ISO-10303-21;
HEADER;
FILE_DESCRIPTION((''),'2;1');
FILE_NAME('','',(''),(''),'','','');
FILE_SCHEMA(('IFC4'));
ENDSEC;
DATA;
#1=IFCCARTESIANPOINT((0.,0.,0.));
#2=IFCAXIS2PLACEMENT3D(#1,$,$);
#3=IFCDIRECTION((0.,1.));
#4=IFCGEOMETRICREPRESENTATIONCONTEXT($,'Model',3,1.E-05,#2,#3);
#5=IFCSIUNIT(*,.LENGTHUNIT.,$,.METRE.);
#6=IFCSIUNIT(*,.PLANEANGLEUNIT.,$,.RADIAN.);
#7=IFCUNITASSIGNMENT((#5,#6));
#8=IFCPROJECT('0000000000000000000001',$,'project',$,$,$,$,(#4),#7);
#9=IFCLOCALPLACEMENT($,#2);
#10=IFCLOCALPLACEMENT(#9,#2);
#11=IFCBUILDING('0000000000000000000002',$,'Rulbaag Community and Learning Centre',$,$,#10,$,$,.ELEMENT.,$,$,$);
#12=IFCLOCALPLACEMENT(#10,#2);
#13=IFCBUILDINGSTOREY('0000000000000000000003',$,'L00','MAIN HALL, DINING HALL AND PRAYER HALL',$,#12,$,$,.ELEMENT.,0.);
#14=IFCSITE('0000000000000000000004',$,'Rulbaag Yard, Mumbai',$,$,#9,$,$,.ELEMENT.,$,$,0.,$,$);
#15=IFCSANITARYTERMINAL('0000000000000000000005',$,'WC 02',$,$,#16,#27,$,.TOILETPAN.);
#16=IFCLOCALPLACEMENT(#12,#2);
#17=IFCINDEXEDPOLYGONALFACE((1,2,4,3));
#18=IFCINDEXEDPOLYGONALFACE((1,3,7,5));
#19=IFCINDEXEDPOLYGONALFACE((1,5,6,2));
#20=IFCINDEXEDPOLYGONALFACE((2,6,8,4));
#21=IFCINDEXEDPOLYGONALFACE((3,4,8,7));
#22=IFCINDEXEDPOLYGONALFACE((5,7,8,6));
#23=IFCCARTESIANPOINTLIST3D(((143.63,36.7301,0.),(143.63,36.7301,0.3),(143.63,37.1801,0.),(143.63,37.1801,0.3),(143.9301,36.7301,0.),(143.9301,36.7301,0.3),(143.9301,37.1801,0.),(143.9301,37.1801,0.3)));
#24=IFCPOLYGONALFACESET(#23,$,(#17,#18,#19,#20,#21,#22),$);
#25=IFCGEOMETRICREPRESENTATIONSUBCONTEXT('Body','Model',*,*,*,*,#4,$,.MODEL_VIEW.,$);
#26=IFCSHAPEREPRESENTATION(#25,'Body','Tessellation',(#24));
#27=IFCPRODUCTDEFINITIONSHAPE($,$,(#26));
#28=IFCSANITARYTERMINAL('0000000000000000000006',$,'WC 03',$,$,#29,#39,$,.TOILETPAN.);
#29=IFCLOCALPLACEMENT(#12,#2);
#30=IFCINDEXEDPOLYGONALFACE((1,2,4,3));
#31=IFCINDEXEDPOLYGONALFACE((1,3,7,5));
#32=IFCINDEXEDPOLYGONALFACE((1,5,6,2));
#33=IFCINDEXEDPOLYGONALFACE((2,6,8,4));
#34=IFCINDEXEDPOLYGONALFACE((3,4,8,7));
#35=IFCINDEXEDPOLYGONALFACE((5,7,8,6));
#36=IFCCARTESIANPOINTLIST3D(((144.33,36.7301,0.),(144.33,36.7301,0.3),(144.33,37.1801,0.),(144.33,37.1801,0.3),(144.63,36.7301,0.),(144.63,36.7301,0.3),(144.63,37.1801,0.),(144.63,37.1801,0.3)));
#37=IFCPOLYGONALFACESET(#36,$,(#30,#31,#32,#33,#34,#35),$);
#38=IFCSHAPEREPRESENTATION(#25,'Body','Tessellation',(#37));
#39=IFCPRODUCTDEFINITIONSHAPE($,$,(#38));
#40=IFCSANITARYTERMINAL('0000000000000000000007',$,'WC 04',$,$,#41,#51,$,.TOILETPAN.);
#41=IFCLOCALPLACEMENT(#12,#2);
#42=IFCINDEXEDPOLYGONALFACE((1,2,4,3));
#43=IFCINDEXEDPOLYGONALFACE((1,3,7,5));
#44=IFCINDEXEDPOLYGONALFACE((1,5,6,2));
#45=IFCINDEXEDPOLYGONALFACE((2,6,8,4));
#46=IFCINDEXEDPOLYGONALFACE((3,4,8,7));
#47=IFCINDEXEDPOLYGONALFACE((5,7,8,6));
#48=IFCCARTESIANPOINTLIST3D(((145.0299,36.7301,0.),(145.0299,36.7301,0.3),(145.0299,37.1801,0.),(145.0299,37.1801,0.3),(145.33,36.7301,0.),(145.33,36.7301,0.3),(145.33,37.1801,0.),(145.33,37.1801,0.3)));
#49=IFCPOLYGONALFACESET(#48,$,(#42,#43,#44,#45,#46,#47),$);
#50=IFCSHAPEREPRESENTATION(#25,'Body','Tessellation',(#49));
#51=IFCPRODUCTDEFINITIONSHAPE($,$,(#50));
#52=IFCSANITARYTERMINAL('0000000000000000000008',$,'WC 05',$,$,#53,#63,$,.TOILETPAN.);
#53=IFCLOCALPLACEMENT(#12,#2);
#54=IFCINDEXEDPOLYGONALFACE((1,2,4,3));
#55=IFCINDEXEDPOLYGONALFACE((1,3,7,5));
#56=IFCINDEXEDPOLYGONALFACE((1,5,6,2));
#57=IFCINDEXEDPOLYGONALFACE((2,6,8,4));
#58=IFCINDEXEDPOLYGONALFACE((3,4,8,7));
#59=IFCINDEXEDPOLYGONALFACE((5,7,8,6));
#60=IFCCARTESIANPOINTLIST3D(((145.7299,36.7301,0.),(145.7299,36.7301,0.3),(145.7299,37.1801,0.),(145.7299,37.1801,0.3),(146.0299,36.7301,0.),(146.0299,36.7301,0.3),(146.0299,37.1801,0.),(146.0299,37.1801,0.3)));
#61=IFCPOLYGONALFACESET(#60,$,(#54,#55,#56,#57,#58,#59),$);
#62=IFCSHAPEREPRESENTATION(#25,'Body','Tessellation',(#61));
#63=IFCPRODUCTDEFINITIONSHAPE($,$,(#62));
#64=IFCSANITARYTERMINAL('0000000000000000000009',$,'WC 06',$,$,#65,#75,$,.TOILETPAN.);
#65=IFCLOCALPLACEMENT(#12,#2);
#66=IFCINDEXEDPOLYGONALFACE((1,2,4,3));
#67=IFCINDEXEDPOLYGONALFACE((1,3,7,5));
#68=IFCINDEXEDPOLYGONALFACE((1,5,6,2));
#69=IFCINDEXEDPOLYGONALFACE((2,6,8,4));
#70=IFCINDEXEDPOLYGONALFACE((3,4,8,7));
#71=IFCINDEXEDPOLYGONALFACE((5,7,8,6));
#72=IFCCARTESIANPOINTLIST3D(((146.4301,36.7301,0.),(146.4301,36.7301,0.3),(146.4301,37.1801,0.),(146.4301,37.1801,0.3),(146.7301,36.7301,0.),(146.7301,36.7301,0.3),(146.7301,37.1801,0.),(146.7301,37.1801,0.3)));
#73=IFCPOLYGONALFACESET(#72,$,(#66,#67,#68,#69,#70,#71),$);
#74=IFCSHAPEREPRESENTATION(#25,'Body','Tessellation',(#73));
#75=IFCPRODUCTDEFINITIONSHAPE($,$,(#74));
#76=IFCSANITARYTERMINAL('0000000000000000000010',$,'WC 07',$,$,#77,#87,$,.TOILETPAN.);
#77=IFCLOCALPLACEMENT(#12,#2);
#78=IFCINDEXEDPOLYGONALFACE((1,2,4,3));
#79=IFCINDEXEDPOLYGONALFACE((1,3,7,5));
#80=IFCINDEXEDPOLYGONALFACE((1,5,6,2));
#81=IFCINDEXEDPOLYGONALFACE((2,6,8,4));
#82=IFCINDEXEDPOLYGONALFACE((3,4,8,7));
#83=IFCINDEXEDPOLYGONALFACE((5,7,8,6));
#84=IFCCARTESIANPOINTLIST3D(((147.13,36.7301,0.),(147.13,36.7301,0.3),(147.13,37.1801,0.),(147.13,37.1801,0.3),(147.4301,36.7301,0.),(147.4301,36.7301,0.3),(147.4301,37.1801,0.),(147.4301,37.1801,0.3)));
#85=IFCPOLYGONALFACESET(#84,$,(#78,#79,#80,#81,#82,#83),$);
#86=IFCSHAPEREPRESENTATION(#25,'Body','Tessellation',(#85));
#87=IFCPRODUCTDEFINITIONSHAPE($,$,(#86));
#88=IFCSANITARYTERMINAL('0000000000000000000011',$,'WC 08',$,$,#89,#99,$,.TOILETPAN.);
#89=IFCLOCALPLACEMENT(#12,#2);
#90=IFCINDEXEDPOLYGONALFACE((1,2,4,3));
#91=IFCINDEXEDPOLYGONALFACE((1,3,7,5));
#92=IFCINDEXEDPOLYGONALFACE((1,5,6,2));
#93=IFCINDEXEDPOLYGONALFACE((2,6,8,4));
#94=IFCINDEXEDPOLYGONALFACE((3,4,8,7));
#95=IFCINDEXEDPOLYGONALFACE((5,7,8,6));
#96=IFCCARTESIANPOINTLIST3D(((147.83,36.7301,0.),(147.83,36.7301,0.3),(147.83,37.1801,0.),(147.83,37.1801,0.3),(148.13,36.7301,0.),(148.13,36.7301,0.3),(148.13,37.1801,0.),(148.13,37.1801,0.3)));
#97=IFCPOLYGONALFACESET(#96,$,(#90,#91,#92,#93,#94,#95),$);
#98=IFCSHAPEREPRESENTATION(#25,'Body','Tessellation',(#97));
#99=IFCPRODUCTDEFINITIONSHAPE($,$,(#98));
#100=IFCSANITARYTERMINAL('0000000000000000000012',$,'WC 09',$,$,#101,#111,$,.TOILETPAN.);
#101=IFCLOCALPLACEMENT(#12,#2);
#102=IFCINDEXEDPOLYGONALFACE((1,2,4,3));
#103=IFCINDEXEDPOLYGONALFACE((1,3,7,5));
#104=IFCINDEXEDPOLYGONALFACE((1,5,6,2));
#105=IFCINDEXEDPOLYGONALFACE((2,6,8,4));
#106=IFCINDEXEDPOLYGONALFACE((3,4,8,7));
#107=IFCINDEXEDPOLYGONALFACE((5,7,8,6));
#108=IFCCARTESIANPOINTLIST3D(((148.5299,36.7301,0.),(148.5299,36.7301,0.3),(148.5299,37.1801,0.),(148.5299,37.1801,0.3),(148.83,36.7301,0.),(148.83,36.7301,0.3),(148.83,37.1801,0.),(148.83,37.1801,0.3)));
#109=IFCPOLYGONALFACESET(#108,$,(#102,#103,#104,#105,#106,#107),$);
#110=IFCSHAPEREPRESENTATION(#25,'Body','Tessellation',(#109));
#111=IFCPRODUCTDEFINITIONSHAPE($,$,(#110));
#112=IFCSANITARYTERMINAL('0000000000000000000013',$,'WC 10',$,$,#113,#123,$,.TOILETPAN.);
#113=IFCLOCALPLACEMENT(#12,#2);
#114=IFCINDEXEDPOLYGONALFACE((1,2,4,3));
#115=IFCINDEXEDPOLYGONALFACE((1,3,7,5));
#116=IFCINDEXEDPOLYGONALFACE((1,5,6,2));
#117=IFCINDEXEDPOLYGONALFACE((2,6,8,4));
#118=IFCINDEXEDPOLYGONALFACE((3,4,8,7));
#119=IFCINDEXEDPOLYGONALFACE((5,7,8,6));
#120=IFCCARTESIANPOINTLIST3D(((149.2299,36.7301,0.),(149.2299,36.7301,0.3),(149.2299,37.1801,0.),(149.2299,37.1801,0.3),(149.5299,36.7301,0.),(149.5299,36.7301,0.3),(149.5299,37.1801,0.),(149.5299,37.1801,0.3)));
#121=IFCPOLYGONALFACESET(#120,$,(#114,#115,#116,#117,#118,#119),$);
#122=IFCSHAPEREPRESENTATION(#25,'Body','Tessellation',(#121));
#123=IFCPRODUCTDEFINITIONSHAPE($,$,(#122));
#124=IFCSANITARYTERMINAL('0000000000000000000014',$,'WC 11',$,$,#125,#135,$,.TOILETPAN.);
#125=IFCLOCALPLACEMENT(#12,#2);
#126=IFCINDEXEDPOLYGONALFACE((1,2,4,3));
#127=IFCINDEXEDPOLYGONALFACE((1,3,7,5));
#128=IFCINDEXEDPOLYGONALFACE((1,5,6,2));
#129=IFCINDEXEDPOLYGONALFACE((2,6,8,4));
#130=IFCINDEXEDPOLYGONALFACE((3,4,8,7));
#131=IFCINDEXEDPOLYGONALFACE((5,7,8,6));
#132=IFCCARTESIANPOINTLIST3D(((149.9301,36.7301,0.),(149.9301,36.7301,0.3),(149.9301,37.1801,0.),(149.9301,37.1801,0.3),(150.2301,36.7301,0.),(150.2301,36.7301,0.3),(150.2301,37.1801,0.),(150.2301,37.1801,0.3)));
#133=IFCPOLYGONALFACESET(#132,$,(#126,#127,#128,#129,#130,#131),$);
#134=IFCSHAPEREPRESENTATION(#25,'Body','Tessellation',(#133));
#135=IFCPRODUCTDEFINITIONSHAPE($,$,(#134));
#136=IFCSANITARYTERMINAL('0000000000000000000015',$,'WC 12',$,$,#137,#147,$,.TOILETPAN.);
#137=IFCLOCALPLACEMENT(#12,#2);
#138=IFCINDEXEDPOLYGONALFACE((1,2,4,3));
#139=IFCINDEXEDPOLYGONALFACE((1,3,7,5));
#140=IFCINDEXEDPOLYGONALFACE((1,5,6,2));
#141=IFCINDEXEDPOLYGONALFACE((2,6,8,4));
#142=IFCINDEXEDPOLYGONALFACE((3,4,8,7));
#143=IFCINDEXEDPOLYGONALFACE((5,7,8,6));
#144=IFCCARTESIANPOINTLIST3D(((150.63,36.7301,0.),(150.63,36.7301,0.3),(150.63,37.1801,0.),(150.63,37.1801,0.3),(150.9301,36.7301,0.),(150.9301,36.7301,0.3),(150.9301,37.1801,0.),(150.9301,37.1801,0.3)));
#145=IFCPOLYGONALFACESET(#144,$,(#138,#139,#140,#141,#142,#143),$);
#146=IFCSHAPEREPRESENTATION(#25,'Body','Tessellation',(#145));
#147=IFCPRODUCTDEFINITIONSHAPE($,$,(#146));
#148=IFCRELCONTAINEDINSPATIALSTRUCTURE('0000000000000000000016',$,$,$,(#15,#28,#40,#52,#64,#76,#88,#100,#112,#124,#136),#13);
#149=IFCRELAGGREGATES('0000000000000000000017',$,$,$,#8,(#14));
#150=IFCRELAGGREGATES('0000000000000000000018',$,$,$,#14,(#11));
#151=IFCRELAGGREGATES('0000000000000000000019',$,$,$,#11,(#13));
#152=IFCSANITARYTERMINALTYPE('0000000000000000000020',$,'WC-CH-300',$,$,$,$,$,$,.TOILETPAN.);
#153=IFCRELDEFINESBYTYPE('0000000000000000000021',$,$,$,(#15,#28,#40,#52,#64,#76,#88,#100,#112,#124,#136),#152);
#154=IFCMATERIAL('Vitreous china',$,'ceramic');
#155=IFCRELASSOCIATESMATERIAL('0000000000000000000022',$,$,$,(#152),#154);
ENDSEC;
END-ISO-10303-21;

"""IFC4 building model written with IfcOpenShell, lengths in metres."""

from ifc_helpers import new_model, si_unit, direction, frame, origin, origin_2d, place, context, subcontext, project, spatial, rectangle, extrude, material, type_object, element, save


model = new_model("IFC4")

# Units and contexts
model_context = context("Model", 3, precision=1e-05, world=origin(), true_north=direction((0.0, 1.0)))
body_context = subcontext(model_context, "Body", "Model", "MODEL_VIEW")
ifc_project = project(units=[si_unit("LENGTHUNIT", "METRE"), si_unit("PLANEANGLEUNIT", "RADIAN")], contexts=[model_context])

# Site, building, storey
site_placement = place(None, origin())
site = spatial("IfcSite", under=ifc_project, at=site_placement, Name="Rulbaag Yard, Mumbai", CompositionType="ELEMENT", RefElevation=0.0)
building_placement = place(site_placement, origin())
building = spatial("IfcBuilding", under=site, at=building_placement, Name="Rulbaag Community and Learning Centre", CompositionType="ELEMENT")
storey_placement = place(building_placement, origin())
storey = spatial("IfcBuildingStorey", under=building, at=storey_placement, Name="L00", Description="MAIN HALL, DINING HALL AND PRAYER HALL", CompositionType="ELEMENT", Elevation=0.0)

# Sanitary terminals
ifc_material_1 = material(Name="Vitreous china", Category="ceramic")
sanitary_terminal_type_1 = type_object("IfcSanitaryTerminalType", Name="WC-CH-300", PredefinedType="TOILETPAN", material=ifc_material_1)
for number, where, z_axis, x_axis, name in (
    (1, (143.78, 36.9551, 0.0), (0.0, 0.0, 1.0), (1.0, 0.0, 0.0), "WC 02"),
    (2, (144.48, 36.9551, 0.0), (0.0, 0.0, 1.0), (1.0, 0.0, 0.0), "WC 03"),
    (3, (145.1799, 36.9551, 0.0), (0.0, 0.0, 1.0), (1.0, 0.0, 0.0), "WC 04"),
    (4, (145.8799, 36.9551, 0.0), (0.0, 0.0, 1.0), (1.0, 0.0, 0.0), "WC 05"),
    (5, (146.5801, 36.9551, 0.0), (0.0, 0.0, 1.0), (1.0, 0.0, 0.0), "WC 06"),
    (6, (147.28, 36.9551, 0.0), (0.0, 0.0, 1.0), (1.0, 0.0, 0.0), "WC 07"),
    (7, (147.98, 36.9551, 0.0), (0.0, 0.0, 1.0), (1.0, 0.0, 0.0), "WC 08"),
    (8, (148.6799, 36.9551, 0.0), (0.0, 0.0, 1.0), (1.0, 0.0, 0.0), "WC 09"),
    (9, (149.3799, 36.9551, 0.0), (0.0, 0.0, 1.0), (1.0, 0.0, 0.0), "WC 10"),
    (10, (150.0801, 36.9551, 0.0), (0.0, 0.0, 1.0), (1.0, 0.0, 0.0), "WC 11"),
    (11, (150.78, 36.9551, 0.0), (0.0, 0.0, 1.0), (1.0, 0.0, 0.0), "WC 12"),
):
    element("IfcSanitaryTerminal", number, at=place(storey_placement, frame(where, z_axis=z_axis, x_axis=x_axis)), inside=storey, type_object=sanitary_terminal_type_1, Name=name, PredefinedType="TOILETPAN", context=body_context, shape_type="SweptSolid", body=[
        extrude(rectangle(XDim=0.3, YDim=0.45, at=origin_2d()), origin(), (0.0, 0.0, 1.0), 0.3),
    ])

save(model, "model.ifc")
